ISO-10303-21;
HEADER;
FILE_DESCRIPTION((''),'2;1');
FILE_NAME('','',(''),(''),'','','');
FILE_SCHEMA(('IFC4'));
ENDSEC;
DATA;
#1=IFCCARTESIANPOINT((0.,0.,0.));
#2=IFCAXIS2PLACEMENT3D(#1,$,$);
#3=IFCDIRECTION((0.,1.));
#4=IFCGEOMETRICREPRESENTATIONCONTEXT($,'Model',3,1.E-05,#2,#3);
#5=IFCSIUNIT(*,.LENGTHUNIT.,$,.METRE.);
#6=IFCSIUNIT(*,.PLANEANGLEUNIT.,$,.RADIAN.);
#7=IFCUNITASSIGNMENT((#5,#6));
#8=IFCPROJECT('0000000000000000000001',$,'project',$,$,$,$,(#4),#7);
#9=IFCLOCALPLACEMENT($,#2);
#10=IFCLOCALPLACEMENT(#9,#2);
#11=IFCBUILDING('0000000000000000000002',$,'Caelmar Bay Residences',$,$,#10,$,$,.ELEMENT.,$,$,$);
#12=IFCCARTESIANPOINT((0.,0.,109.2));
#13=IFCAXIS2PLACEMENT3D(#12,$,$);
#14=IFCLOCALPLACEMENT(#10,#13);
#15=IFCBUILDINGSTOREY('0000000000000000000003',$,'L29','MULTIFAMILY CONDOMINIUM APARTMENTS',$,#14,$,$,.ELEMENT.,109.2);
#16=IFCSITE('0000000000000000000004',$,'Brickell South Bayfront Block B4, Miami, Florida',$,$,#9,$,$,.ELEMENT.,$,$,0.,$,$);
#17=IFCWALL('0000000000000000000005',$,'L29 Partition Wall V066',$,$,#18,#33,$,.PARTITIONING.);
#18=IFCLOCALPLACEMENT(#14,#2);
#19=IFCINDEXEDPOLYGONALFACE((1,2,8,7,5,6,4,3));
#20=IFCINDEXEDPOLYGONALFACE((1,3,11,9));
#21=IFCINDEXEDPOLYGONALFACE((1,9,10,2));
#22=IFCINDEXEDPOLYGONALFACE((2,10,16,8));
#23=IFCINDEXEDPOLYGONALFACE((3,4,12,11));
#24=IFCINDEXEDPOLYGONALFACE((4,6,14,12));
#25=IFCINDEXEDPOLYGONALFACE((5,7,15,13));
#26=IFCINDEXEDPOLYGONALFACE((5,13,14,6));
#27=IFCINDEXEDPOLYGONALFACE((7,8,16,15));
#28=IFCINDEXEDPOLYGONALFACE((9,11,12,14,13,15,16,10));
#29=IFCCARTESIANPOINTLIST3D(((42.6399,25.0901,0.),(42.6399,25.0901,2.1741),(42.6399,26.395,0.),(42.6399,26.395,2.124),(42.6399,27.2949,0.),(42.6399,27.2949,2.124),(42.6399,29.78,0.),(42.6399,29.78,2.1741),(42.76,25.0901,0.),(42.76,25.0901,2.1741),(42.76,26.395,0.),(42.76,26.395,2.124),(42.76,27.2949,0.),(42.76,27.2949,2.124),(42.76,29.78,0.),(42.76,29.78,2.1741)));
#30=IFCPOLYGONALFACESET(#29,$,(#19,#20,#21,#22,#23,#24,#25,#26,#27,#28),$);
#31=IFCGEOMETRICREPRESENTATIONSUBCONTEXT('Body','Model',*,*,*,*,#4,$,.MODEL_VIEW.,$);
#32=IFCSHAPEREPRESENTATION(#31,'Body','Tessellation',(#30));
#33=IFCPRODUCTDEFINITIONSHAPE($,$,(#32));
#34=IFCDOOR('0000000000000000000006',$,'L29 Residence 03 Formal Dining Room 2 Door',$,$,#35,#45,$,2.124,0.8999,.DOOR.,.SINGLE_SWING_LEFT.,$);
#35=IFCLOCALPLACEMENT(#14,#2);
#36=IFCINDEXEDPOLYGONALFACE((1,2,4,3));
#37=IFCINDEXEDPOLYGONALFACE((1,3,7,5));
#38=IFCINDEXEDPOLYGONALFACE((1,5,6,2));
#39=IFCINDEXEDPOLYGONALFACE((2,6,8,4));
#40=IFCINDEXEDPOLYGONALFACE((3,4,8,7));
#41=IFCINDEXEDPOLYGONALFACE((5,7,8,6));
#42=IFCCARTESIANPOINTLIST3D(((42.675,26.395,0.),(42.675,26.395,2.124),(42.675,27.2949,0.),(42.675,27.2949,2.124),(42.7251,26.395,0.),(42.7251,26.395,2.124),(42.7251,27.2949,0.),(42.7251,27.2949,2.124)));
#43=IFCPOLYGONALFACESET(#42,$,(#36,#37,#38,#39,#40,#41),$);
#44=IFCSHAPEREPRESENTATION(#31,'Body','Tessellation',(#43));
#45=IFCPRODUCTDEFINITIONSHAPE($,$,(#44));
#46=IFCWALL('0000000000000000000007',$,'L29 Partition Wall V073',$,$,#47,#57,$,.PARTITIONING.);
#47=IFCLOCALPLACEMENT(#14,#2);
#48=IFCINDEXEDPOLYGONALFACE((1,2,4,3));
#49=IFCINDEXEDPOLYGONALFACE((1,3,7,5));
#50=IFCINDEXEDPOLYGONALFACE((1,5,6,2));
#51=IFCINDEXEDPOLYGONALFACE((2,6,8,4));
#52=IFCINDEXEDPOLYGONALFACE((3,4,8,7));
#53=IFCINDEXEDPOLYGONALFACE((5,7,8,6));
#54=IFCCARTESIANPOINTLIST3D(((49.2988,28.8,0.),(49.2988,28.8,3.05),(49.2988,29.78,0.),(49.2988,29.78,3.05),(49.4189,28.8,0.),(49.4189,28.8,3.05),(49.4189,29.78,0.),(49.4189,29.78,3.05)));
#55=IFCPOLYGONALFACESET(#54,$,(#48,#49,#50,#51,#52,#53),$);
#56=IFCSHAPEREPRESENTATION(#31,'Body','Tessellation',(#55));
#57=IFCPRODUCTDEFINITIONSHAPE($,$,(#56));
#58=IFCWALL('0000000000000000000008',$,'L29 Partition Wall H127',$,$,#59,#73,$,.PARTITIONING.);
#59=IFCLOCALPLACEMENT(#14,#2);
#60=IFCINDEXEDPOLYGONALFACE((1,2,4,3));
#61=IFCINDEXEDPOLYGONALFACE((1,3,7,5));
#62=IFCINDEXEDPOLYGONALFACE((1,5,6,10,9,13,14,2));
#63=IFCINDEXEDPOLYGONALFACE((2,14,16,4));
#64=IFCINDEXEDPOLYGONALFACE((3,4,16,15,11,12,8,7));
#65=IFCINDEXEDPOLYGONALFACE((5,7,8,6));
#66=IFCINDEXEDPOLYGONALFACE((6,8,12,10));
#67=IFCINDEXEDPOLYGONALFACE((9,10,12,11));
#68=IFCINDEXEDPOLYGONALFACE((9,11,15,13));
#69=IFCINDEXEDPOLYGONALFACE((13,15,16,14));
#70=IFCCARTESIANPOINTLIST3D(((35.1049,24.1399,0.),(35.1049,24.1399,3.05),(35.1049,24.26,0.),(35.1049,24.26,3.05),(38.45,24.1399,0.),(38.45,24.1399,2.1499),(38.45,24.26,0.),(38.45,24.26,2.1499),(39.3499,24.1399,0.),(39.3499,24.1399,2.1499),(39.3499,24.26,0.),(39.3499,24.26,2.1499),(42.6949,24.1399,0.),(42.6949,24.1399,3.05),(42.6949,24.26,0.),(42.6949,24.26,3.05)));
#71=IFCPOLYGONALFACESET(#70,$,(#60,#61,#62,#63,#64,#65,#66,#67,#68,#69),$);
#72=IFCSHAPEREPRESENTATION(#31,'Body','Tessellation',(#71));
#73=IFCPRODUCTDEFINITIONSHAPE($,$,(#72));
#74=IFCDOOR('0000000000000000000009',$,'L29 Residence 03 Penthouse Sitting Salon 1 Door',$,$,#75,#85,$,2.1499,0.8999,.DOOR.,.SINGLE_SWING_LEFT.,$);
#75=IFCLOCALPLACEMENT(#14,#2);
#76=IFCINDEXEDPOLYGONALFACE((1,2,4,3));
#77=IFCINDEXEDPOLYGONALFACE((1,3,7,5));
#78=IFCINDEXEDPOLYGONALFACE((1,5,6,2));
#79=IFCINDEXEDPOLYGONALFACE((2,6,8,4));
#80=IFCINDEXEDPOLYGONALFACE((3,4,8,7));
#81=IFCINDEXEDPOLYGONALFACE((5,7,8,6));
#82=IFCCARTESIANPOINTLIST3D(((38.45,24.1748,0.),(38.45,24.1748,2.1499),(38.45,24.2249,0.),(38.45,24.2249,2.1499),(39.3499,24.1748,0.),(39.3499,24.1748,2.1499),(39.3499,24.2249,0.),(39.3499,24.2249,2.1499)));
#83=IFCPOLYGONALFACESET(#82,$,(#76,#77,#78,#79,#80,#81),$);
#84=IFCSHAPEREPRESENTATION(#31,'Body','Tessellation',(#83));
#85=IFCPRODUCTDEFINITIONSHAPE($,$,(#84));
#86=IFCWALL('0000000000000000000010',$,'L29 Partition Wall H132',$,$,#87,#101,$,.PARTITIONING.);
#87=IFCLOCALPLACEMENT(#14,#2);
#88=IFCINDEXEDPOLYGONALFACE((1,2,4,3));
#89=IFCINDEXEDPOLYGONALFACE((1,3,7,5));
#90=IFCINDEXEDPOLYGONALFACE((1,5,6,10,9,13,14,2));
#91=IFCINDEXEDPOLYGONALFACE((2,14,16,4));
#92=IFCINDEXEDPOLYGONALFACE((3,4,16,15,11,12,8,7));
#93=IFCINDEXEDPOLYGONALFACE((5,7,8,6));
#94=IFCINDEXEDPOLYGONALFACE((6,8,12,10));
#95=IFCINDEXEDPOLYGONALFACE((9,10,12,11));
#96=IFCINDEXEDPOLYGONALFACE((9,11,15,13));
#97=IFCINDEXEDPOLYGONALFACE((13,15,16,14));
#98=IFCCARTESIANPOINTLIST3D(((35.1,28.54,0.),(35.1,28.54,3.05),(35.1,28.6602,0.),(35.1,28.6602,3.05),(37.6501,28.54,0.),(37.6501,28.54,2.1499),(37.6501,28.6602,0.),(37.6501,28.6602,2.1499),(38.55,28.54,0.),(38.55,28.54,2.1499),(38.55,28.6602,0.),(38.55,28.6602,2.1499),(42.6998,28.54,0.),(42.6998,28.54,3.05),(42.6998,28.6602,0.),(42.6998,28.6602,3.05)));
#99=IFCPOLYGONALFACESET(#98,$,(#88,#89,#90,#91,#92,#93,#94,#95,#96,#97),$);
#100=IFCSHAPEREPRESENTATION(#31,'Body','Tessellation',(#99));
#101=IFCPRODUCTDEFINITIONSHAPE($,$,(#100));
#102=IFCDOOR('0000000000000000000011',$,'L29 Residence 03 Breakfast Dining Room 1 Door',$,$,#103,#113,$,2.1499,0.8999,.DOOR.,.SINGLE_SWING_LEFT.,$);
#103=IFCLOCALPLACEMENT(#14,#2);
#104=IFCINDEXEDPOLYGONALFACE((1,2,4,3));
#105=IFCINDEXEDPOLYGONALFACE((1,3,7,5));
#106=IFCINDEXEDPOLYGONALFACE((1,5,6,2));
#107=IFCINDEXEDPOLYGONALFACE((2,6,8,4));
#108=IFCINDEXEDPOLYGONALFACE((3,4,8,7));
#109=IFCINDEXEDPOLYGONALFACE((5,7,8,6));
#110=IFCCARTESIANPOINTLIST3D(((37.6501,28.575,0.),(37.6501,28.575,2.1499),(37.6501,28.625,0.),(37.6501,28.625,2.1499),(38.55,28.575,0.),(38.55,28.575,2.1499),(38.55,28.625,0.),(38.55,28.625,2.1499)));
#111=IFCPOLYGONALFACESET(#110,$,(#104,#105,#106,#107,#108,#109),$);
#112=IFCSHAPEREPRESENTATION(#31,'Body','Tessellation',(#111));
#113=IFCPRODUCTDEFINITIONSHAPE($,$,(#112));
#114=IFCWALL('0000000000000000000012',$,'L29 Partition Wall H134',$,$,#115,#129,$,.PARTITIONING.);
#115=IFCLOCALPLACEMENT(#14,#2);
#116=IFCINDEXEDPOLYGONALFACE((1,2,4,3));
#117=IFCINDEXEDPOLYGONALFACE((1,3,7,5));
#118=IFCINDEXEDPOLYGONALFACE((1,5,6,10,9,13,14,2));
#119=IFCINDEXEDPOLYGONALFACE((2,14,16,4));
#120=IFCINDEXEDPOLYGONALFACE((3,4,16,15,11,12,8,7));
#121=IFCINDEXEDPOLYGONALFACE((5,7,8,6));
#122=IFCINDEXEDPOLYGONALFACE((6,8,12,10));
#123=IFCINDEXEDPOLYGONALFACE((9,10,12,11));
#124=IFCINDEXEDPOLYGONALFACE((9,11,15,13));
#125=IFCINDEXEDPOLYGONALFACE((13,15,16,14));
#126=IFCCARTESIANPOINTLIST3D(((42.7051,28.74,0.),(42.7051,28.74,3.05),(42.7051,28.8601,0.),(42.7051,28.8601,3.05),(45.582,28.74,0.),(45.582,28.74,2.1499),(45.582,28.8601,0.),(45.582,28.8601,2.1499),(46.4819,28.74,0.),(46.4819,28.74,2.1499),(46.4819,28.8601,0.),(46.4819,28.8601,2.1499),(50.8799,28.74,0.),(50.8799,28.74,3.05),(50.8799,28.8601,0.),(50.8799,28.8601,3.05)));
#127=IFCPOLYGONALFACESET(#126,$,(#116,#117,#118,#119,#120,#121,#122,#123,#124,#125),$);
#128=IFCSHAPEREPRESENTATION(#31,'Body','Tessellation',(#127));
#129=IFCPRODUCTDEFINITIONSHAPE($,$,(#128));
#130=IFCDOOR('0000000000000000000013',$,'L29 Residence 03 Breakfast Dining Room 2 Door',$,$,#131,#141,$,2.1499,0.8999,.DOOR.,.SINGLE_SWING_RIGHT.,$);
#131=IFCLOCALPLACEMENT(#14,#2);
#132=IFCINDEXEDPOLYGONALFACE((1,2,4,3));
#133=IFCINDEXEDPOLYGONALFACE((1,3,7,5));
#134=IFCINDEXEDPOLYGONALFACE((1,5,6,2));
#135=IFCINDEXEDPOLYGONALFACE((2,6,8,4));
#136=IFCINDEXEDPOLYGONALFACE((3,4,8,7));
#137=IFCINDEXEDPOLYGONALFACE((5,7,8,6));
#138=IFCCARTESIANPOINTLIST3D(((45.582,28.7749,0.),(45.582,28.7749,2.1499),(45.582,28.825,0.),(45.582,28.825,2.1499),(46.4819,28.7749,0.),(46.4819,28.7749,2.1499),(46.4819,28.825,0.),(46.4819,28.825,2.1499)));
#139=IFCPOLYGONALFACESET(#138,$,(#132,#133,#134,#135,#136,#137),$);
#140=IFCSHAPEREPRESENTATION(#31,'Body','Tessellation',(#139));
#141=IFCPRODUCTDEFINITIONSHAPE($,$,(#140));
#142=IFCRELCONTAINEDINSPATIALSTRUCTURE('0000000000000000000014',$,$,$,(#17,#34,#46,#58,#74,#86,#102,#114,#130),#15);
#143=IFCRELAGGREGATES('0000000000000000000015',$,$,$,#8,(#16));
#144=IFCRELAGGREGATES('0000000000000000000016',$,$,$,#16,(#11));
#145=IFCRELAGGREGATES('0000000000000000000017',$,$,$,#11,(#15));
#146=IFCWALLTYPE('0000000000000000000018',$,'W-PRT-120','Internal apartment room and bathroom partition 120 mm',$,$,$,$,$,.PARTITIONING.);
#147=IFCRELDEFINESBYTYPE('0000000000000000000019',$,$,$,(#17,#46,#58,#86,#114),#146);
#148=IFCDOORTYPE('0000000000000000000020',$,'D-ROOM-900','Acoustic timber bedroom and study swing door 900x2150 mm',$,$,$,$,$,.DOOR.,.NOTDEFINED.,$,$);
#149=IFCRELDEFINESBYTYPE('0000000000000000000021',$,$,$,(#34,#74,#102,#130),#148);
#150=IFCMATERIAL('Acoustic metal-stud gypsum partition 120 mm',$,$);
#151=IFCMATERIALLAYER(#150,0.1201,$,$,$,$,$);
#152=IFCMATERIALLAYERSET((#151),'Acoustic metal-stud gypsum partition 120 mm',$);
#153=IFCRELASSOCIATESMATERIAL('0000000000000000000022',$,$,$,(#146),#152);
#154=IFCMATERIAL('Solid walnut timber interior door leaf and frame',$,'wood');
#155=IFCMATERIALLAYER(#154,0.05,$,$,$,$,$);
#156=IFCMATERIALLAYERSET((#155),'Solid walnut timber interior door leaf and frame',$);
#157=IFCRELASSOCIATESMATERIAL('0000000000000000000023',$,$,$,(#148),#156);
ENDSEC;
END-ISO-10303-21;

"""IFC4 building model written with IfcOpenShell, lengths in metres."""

from ifc_helpers import new_model, si_unit, direction, frame, frame_2d, origin, place, context, subcontext, project, spatial, rectangle, extrude, material, layer, layer_set, type_object, element, fill, save


model = new_model("IFC4")

# Units and contexts
model_context = context("Model", 3, precision=1e-05, world=origin(), true_north=direction((0.0, 1.0)))
body_context = subcontext(model_context, "Body", "Model", "MODEL_VIEW")
ifc_project = project(units=[si_unit("LENGTHUNIT", "METRE"), si_unit("PLANEANGLEUNIT", "RADIAN")], contexts=[model_context])

# Site, building, storey
site_placement = place(None, origin())
site = spatial("IfcSite", under=ifc_project, at=site_placement, Name="Brickell South Bayfront Block B4, Miami, Florida", CompositionType="ELEMENT", RefElevation=0.0)
building_placement = place(site_placement, origin())
building = spatial("IfcBuilding", under=site, at=building_placement, Name="Caelmar Bay Residences", CompositionType="ELEMENT")
storey_placement = place(building_placement, frame((0.0, 0.0, 109.2)))
storey = spatial("IfcBuildingStorey", under=building, at=storey_placement, Name="L29", Description="MULTIFAMILY CONDOMINIUM APARTMENTS", CompositionType="ELEMENT", Elevation=109.2)

# Shared definitions
ifc_material_1 = material(Name="Acoustic metal-stud gypsum partition 120 mm")
ifc_layer_1 = layer(ifc_material_1, 0.1201)
ifc_layer_set_1 = layer_set([ifc_layer_1], Name="Acoustic metal-stud gypsum partition 120 mm")
wall_type = type_object("IfcWallType", Name="W-PRT-120", Description="Internal apartment room and bathroom partition 120 mm", PredefinedType="PARTITIONING", material=ifc_layer_set_1)

# Shared definitions
ifc_material_2 = material(Name="Solid walnut timber interior door leaf and frame", Category="wood")
ifc_layer_2 = layer(ifc_material_2, 0.05)
ifc_layer_set_2 = layer_set([ifc_layer_2], Name="Solid walnut timber interior door leaf and frame")
door_type = type_object("IfcDoorType", Name="D-ROOM-900", Description="Acoustic timber bedroom and study swing door 900x2150 mm", OperationType="NOTDEFINED", PredefinedType="DOOR", material=ifc_layer_set_2)

# Wall, opening, door
wall_1_placement = place(storey_placement, frame((42.7, 25.0901, 0.0), z_axis=(0.0, 0.0, 1.0), x_axis=(0.0, 1.0, 0.0)))
wall_1 = element("IfcWall", 1, at=wall_1_placement, inside=storey, type_object=wall_type, Name="L29 Partition Wall V066", PredefinedType="PARTITIONING", context=body_context, shape_type="SweptSolid", body=[
    extrude(rectangle(XDim=4.6899, YDim=0.1201, at=frame_2d((2.345, 0.0))), origin(), (0.0, 0.0, 1.0), 2.1741),
])
opening_1_placement = place(wall_1_placement, frame((1.3049, 0.0, 0.0)))
opening_1 = element("IfcOpeningElement", 2, at=opening_1_placement, cuts=wall_1, PredefinedType="OPENING", context=body_context, shape_type="SweptSolid", body=[
    extrude(rectangle(XDim=0.8999, YDim=2.124, at=frame_2d((0.45, 1.062))), frame((0.0, 0.0701, 0.0), z_axis=(0.0, -1.0, 0.0), x_axis=(1.0, 0.0, 0.0)), (0.0, 0.0, 1.0), 0.1401),
])
door_1_placement = place(opening_1_placement, origin())
door_1 = element("IfcDoor", 3, at=door_1_placement, inside=storey, type_object=door_type, Name="L29 Residence 03 Formal Dining Room 2 Door", OperationType="SINGLE_SWING_LEFT", OverallHeight=2.124, OverallWidth=0.8999, PredefinedType="DOOR", context=body_context, shape_type="SweptSolid", body=[
    extrude(rectangle(XDim=0.8999, YDim=2.124, at=frame_2d((0.45, 1.062))), frame((0.0, 0.0249, 0.0), z_axis=(0.0, -1.0, 0.0), x_axis=(1.0, 0.0, 0.0)), (0.0, 0.0, 1.0), 0.05),
])
fill(opening_1, door_1)

# Wall
wall_2_placement = place(storey_placement, frame((49.3589, 28.8, 0.0), z_axis=(0.0, 0.0, 1.0), x_axis=(0.0, 1.0, 0.0)))
element("IfcWall", 4, at=wall_2_placement, inside=storey, type_object=wall_type, Name="L29 Partition Wall V073", PredefinedType="PARTITIONING", context=body_context, shape_type="SweptSolid", body=[
    extrude(rectangle(XDim=0.98, YDim=0.1201, at=frame_2d((0.49, 0.0))), origin(), (0.0, 0.0, 1.0), 3.05),
])

# Walls, openings, doors
wall_3_placement = place(storey_placement, frame((35.105, 24.2, 0.0), z_axis=(0.0, 0.0, 1.0), x_axis=(1.0, 0.0, 0.0)))
wall_3 = element("IfcWall", 5, at=wall_3_placement, inside=storey, type_object=wall_type, Name="L29 Partition Wall H127", PredefinedType="PARTITIONING", context=body_context, shape_type="SweptSolid", body=[
    extrude(rectangle(XDim=7.5901, YDim=0.1201, at=frame_2d((3.7949, 0.0))), origin(), (0.0, 0.0, 1.0), 3.05),
])
opening_2_placement = place(wall_3_placement, frame((3.345, 0.0, 0.0)))
opening_2 = element("IfcOpeningElement", 6, at=opening_2_placement, cuts=wall_3, PredefinedType="OPENING", context=body_context, shape_type="SweptSolid", body=[
    extrude(rectangle(XDim=0.8999, YDim=2.1499, at=frame_2d((0.45, 1.075))), frame((0.0, 0.0701, 0.0), z_axis=(0.0, -1.0, 0.0), x_axis=(1.0, 0.0, 0.0)), (0.0, 0.0, 1.0), 0.1401),
])
door_2_placement = place(opening_2_placement, origin())
door_2 = element("IfcDoor", 7, at=door_2_placement, inside=storey, type_object=door_type, Name="L29 Residence 03 Penthouse Sitting Salon 1 Door", OperationType="SINGLE_SWING_LEFT", OverallHeight=2.1499, OverallWidth=0.8999, PredefinedType="DOOR", context=body_context, shape_type="SweptSolid", body=[
    extrude(rectangle(XDim=0.8999, YDim=2.1499, at=frame_2d((0.45, 1.075))), frame((0.0, 0.0249, 0.0), z_axis=(0.0, -1.0, 0.0), x_axis=(1.0, 0.0, 0.0)), (0.0, 0.0, 1.0), 0.05),
])
fill(opening_2, door_2)
wall_4_placement = place(storey_placement, frame((35.1001, 28.6001, 0.0), z_axis=(0.0, 0.0, 1.0), x_axis=(1.0, 0.0, 0.0)))
wall_4 = element("IfcWall", 8, at=wall_4_placement, inside=storey, type_object=wall_type, Name="L29 Partition Wall H132", PredefinedType="PARTITIONING", context=body_context, shape_type="SweptSolid", body=[
    extrude(rectangle(XDim=7.5999, YDim=0.1201, at=frame_2d((3.7998, 0.0))), origin(), (0.0, 0.0, 1.0), 3.05),
])
opening_3_placement = place(wall_4_placement, frame((2.55, 0.0, 0.0)))
opening_3 = element("IfcOpeningElement", 9, at=opening_3_placement, cuts=wall_4, PredefinedType="OPENING", context=body_context, shape_type="SweptSolid", body=[
    extrude(rectangle(XDim=0.8999, YDim=2.1499, at=frame_2d((0.45, 1.075))), frame((0.0, 0.0701, 0.0), z_axis=(0.0, -1.0, 0.0), x_axis=(1.0, 0.0, 0.0)), (0.0, 0.0, 1.0), 0.1401),
])
door_3_placement = place(opening_3_placement, origin())
door_3 = element("IfcDoor", 10, at=door_3_placement, inside=storey, type_object=door_type, Name="L29 Residence 03 Breakfast Dining Room 1 Door", OperationType="SINGLE_SWING_LEFT", OverallHeight=2.1499, OverallWidth=0.8999, PredefinedType="DOOR", context=body_context, shape_type="SweptSolid", body=[
    extrude(rectangle(XDim=0.8999, YDim=2.1499, at=frame_2d((0.45, 1.075))), frame((0.0, 0.0249, 0.0), z_axis=(0.0, -1.0, 0.0), x_axis=(1.0, 0.0, 0.0)), (0.0, 0.0, 1.0), 0.05),
])
fill(opening_3, door_3)
wall_5_placement = place(storey_placement, frame((42.7051, 28.8, 0.0), z_axis=(0.0, 0.0, 1.0), x_axis=(1.0, 0.0, 0.0)))
wall_5 = element("IfcWall", 11, at=wall_5_placement, inside=storey, type_object=wall_type, Name="L29 Partition Wall H134", PredefinedType="PARTITIONING", context=body_context, shape_type="SweptSolid", body=[
    extrude(rectangle(XDim=8.1748, YDim=0.1201, at=frame_2d((4.0874, 0.0))), origin(), (0.0, 0.0, 1.0), 3.05),
])
opening_4_placement = place(wall_5_placement, frame((2.877, 0.0, 0.0)))
opening_4 = element("IfcOpeningElement", 12, at=opening_4_placement, cuts=wall_5, PredefinedType="OPENING", context=body_context, shape_type="SweptSolid", body=[
    extrude(rectangle(XDim=0.8999, YDim=2.1499, at=frame_2d((0.45, 1.075))), frame((0.0, 0.0701, 0.0), z_axis=(0.0, -1.0, 0.0), x_axis=(1.0, 0.0, 0.0)), (0.0, 0.0, 1.0), 0.1401),
])
door_4_placement = place(opening_4_placement, origin())
door_4 = element("IfcDoor", 13, at=door_4_placement, inside=storey, type_object=door_type, Name="L29 Residence 03 Breakfast Dining Room 2 Door", OperationType="SINGLE_SWING_RIGHT", OverallHeight=2.1499, OverallWidth=0.8999, PredefinedType="DOOR", context=body_context, shape_type="SweptSolid", body=[
    extrude(rectangle(XDim=0.8999, YDim=2.1499, at=frame_2d((0.45, 1.075))), frame((0.0, 0.0249, 0.0), z_axis=(0.0, -1.0, 0.0), x_axis=(1.0, 0.0, 0.0)), (0.0, 0.0, 1.0), 0.05),
])
fill(opening_4, door_4)

save(model, "model.ifc")
